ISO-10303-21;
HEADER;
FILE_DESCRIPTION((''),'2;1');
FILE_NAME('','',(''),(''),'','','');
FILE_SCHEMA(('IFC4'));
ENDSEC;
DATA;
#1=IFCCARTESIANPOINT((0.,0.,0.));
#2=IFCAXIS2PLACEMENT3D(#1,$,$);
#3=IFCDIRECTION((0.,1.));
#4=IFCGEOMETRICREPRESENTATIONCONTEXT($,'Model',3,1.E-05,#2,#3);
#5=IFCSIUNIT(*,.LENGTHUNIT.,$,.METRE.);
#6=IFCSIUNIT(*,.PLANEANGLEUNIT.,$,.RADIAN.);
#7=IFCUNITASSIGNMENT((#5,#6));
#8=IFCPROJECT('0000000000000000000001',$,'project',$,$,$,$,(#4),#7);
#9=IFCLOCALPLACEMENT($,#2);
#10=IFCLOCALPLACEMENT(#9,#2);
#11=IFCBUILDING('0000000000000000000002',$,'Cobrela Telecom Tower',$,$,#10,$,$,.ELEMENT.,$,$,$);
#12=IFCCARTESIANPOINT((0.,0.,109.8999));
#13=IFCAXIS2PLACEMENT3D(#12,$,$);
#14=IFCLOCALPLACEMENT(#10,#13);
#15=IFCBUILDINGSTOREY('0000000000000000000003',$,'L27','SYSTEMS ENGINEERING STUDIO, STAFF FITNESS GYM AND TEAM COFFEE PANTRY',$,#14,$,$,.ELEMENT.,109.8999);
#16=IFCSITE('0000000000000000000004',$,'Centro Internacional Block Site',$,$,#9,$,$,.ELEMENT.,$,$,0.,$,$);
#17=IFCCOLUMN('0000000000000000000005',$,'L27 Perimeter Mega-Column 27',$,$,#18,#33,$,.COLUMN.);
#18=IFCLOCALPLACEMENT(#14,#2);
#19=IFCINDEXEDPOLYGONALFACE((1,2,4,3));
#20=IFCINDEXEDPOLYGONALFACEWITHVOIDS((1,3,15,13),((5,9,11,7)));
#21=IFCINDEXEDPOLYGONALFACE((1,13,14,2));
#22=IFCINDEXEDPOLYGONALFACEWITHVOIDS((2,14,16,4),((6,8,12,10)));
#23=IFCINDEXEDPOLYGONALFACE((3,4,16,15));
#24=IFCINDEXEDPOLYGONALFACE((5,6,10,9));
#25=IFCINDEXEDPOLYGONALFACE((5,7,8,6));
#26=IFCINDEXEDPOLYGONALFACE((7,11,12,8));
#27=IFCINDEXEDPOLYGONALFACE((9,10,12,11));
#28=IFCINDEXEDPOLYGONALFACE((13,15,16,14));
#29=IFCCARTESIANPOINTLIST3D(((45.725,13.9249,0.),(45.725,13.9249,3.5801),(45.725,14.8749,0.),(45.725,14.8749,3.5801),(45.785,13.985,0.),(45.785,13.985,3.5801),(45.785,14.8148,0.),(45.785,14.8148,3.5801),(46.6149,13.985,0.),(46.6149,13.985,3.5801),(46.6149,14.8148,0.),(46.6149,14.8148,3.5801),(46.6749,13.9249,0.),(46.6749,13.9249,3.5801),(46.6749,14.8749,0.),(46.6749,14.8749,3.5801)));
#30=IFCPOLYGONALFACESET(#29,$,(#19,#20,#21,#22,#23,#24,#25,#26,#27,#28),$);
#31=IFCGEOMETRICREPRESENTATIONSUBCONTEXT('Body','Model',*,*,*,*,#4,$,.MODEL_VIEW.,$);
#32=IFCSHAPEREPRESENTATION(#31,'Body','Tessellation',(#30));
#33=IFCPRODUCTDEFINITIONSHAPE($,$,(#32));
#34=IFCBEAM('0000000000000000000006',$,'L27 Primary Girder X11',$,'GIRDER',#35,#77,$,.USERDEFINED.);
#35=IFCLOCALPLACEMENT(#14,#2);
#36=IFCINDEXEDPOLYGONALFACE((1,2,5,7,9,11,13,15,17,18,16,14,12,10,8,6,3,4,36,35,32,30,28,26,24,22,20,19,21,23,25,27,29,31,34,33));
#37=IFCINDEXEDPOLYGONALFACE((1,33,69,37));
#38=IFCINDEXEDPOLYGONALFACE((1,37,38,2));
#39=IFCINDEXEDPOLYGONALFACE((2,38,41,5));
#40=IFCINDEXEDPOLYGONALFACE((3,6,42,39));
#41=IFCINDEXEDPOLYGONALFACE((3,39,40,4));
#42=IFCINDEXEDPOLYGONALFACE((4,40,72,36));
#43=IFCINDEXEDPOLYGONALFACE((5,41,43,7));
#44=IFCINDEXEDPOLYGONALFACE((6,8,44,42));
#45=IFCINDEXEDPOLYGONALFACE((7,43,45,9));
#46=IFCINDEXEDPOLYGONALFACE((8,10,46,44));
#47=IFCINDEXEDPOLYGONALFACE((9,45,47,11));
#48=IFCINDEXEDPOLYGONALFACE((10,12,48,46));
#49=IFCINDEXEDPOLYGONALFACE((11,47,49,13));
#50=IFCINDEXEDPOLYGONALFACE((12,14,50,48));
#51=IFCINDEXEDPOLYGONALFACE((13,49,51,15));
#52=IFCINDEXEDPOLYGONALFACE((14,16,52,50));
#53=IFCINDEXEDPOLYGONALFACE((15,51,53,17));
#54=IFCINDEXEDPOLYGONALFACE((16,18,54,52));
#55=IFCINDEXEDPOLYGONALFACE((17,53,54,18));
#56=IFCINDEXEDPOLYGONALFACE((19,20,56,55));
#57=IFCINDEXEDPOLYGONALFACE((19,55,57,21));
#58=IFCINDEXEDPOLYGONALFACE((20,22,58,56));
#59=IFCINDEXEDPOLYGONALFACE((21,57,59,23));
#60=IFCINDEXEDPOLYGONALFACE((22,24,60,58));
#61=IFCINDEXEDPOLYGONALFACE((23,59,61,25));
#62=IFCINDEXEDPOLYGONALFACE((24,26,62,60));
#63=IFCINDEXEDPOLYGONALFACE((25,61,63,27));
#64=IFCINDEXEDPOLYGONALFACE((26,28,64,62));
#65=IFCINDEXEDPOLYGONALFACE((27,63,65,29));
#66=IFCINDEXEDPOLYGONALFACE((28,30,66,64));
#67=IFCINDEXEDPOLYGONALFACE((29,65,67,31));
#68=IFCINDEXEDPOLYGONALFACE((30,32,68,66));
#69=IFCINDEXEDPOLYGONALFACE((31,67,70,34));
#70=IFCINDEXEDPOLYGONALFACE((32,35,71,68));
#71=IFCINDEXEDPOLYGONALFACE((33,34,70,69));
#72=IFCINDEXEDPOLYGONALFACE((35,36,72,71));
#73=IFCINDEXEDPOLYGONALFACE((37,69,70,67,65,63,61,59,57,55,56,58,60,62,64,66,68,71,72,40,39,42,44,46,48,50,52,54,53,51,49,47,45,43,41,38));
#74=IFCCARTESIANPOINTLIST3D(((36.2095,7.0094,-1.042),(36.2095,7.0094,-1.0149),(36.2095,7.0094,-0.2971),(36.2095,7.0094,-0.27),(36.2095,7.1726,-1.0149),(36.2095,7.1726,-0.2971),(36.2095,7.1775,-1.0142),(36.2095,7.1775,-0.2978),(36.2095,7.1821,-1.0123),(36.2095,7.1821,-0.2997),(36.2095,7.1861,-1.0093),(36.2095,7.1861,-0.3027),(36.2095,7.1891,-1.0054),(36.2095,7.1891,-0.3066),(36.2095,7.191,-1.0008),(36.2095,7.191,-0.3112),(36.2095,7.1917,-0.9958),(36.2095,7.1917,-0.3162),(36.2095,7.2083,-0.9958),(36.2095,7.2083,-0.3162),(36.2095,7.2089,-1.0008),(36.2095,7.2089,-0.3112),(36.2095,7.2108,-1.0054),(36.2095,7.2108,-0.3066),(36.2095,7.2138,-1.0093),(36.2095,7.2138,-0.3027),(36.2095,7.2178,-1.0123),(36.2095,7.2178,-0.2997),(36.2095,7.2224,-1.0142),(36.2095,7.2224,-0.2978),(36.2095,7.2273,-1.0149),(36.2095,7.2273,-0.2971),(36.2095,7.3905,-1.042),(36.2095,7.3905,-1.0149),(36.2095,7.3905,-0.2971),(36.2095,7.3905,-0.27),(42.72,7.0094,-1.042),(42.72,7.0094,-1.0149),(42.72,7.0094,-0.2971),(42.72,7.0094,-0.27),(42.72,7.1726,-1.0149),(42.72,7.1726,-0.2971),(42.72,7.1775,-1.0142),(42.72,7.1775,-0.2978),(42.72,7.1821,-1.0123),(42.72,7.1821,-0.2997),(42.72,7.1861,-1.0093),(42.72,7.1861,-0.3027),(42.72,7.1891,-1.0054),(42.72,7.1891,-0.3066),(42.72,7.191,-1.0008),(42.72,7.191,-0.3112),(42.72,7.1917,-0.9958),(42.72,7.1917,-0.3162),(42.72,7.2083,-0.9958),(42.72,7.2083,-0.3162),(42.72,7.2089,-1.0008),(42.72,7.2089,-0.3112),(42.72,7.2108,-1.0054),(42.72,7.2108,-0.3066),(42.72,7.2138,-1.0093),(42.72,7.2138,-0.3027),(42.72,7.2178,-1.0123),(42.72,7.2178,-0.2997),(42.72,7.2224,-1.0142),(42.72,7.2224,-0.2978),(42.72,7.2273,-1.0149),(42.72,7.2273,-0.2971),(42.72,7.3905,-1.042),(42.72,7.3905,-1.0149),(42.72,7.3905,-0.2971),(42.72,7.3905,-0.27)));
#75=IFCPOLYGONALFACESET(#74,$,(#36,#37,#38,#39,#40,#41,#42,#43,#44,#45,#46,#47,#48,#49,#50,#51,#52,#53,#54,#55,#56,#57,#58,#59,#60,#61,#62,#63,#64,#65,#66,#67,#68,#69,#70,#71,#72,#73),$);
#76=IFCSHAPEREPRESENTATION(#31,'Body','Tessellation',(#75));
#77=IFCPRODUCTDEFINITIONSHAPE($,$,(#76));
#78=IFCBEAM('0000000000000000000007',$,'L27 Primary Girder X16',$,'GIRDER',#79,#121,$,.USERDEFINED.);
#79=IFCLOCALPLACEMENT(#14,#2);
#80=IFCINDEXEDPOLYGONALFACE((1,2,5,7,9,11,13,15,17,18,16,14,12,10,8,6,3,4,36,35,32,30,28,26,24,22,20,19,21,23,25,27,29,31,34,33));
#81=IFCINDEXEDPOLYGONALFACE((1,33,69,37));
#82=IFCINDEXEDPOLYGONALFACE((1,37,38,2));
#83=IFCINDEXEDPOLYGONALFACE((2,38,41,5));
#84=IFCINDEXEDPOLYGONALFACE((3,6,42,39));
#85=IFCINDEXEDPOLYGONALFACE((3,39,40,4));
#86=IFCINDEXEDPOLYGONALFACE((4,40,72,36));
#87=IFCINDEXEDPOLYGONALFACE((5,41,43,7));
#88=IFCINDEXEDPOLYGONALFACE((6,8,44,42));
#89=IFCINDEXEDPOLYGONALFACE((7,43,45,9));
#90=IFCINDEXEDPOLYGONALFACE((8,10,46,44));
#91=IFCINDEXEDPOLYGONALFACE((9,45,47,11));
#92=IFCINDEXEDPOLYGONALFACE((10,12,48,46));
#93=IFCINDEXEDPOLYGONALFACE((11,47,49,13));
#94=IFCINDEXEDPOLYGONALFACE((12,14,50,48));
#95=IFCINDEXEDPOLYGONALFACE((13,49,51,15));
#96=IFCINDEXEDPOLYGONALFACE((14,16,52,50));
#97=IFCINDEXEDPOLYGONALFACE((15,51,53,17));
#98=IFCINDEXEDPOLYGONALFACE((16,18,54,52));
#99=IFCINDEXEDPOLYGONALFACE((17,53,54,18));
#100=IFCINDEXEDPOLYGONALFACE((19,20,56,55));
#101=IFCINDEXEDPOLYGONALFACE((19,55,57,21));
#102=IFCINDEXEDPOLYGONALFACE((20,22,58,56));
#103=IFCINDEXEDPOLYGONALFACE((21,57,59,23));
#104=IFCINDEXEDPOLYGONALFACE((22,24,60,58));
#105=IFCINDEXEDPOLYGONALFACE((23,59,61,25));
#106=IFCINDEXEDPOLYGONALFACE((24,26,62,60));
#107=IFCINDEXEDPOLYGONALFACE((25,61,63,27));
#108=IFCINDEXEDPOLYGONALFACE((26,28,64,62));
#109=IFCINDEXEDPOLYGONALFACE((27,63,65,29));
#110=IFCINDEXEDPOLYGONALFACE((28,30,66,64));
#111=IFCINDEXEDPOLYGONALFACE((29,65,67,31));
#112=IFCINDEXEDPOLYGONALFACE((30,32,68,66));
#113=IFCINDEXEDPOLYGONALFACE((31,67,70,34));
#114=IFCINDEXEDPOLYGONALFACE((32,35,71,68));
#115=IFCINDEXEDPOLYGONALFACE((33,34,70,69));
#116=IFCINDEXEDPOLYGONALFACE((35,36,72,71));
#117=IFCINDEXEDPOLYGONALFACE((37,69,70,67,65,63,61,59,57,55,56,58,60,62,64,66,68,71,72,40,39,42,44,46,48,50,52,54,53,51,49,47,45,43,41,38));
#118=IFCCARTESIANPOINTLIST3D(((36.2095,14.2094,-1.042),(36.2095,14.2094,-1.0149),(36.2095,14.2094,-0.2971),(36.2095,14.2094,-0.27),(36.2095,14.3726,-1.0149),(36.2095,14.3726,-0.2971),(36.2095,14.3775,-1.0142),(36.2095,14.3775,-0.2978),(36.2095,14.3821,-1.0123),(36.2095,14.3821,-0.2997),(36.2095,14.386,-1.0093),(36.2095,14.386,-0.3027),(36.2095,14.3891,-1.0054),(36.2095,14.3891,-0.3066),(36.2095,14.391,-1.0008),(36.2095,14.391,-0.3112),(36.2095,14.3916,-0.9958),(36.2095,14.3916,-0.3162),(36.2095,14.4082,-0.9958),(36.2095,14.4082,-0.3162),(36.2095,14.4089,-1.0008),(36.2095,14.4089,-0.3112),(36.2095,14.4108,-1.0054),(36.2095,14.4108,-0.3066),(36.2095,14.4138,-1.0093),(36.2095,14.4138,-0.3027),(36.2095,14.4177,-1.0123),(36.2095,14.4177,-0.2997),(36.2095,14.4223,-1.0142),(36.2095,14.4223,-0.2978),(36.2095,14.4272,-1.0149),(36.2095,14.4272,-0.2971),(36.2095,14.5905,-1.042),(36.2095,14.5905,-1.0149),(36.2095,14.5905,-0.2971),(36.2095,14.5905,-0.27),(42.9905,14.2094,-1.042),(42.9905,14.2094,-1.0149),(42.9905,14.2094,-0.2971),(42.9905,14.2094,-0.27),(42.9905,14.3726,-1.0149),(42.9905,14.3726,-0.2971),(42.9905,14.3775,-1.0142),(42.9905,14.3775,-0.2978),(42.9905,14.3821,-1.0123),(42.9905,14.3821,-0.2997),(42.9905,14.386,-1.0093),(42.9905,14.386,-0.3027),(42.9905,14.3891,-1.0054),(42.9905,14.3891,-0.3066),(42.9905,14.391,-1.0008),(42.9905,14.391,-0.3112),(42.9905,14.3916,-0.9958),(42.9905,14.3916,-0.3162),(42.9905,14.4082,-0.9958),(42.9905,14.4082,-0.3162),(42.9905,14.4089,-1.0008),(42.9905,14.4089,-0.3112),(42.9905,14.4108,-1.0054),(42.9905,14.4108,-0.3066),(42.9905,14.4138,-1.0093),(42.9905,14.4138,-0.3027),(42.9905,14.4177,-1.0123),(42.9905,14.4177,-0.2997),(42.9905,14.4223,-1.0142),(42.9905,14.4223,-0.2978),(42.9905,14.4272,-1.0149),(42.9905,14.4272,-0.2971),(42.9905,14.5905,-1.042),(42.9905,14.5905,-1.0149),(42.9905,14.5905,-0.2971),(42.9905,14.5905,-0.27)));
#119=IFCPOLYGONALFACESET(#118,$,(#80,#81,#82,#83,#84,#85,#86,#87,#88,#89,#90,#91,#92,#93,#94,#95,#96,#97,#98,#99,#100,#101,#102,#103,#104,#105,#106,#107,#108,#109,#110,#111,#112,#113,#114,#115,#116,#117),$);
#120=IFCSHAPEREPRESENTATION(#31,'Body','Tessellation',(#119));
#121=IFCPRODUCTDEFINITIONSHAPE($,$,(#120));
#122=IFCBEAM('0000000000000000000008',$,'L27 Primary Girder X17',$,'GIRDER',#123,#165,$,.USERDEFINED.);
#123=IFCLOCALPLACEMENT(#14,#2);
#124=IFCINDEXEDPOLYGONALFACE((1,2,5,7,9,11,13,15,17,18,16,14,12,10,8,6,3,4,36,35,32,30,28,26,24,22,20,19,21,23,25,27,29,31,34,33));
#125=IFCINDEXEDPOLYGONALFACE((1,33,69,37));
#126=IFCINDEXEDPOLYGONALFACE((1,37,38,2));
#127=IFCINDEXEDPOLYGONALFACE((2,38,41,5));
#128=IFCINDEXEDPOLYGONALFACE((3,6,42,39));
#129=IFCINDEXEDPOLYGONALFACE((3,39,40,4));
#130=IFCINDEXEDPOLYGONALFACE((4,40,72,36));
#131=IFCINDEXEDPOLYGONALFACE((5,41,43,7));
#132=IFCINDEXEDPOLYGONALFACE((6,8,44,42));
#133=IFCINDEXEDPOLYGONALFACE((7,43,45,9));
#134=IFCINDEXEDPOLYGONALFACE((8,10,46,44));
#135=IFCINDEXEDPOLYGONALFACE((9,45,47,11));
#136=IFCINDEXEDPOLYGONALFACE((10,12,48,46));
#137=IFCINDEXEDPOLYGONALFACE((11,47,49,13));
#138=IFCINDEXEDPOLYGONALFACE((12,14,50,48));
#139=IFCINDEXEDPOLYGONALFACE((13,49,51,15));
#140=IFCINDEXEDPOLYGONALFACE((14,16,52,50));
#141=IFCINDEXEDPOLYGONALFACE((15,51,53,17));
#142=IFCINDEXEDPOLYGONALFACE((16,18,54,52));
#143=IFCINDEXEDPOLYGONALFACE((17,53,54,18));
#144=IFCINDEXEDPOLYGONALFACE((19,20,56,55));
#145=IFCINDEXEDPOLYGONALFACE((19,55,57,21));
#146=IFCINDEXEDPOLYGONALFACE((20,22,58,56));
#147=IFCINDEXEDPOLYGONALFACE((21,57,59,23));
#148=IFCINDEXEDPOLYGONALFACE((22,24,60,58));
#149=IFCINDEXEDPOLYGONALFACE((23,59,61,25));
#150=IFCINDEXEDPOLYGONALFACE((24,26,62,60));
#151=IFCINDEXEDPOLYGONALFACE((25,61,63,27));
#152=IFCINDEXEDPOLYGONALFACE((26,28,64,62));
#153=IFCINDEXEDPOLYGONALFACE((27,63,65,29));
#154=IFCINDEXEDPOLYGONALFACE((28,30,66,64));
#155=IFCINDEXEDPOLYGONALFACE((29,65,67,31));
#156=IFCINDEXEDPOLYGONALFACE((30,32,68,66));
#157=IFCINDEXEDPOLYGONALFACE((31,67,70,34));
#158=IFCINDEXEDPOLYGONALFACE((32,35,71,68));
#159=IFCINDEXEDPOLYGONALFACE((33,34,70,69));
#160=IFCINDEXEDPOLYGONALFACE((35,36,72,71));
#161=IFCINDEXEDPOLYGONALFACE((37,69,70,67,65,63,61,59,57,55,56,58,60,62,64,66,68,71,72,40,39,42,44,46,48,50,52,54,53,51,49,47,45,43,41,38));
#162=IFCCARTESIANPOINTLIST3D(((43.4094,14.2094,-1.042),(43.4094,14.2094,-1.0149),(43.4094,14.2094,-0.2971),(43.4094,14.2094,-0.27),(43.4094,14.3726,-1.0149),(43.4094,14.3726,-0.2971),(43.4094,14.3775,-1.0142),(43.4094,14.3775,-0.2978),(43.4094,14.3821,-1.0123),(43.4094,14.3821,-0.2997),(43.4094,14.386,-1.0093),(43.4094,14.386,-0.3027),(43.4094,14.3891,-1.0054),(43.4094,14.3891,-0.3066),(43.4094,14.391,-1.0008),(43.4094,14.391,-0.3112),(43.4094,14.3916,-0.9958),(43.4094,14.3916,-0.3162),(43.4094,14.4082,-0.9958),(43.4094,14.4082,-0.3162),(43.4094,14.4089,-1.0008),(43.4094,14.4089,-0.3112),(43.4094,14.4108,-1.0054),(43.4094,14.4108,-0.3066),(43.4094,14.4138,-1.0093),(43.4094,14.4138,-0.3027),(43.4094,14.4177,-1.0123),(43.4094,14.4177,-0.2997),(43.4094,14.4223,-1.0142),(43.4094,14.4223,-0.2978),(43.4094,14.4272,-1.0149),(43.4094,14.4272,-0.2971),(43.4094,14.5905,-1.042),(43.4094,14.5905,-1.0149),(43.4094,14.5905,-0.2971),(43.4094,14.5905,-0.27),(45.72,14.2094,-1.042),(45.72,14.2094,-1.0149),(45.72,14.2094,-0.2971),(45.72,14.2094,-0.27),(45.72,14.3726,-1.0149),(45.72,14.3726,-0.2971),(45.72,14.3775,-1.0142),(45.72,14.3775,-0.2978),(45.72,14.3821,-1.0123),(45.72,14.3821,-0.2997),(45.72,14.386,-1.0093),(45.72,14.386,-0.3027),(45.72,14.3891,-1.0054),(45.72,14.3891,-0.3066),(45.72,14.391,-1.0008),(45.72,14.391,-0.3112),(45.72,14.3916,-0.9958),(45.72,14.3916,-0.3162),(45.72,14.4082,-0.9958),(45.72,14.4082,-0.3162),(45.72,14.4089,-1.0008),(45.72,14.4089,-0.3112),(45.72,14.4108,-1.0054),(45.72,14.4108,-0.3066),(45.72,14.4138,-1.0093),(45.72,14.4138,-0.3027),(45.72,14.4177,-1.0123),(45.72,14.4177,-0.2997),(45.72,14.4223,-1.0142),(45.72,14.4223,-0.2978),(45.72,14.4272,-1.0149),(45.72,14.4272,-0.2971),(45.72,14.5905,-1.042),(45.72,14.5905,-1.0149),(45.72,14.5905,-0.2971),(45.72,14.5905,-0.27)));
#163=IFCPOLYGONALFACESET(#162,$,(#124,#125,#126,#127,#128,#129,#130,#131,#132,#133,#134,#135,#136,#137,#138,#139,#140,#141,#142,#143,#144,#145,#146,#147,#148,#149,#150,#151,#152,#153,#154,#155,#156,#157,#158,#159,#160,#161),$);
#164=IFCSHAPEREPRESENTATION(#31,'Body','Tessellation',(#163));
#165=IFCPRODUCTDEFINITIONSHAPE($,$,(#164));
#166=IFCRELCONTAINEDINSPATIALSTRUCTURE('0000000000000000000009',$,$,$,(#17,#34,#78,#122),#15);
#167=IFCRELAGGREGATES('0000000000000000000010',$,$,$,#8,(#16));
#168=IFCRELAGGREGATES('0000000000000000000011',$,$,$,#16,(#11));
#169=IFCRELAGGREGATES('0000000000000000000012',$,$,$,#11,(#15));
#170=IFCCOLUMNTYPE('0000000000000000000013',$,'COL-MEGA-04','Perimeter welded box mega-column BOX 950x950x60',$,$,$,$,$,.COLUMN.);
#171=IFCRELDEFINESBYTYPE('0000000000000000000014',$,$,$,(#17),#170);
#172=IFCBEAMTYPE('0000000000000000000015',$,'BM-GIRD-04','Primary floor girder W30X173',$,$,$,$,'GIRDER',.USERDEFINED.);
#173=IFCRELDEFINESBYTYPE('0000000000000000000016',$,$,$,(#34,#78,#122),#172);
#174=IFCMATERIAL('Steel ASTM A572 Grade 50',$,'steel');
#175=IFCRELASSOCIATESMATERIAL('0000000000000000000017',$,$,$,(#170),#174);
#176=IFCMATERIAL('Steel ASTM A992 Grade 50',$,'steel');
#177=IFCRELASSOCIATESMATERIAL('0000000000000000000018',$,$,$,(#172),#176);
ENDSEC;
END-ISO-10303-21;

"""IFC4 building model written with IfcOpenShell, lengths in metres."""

from ifc_helpers import new_model, si_unit, direction, frame, origin, origin_2d, place, context, subcontext, project, spatial, hollow_rectangle, i_section, extrude, material, material_profile, profile_set, type_object, element, save


model = new_model("IFC4")

# Units and contexts
model_context = context("Model", 3, precision=1e-05, world=origin(), true_north=direction((0.0, 1.0)))
body_context = subcontext(model_context, "Body", "Model", "MODEL_VIEW")
ifc_project = project(units=[si_unit("LENGTHUNIT", "METRE"), si_unit("PLANEANGLEUNIT", "RADIAN")], contexts=[model_context])

# Site, building, storey
site_placement = place(None, origin())
site = spatial("IfcSite", under=ifc_project, at=site_placement, Name="Centro Internacional Block Site", CompositionType="ELEMENT", RefElevation=0.0)
building_placement = place(site_placement, origin())
building = spatial("IfcBuilding", under=site, at=building_placement, Name="Cobrela Telecom Tower", CompositionType="ELEMENT")
storey_placement = place(building_placement, frame((0.0, 0.0, 109.8999)))
storey = spatial("IfcBuildingStorey", under=building, at=storey_placement, Name="L27", Description="SYSTEMS ENGINEERING STUDIO, STAFF FITNESS GYM AND TEAM COFFEE PANTRY", CompositionType="ELEMENT", Elevation=109.8999)

# Column
ifc_material_1 = material(Name="Steel ASTM A992 Grade 50", Category="steel")
ifc_material_2 = material(Name="Steel ASTM A572 Grade 50", Category="steel")
ifc_material_profile_1 = material_profile(ifc_material_2, hollow_rectangle(XDim=0.95, YDim=0.95, WallThickness=0.0601, at=origin_2d()), Name="BOX 950x950x60")
ifc_profile_set_1 = profile_set([ifc_material_profile_1], Name="Steel ASTM A572 Grade 50")
column_type_1 = type_object("IfcColumnType", Name="COL-MEGA-04", Description="Perimeter welded box mega-column BOX 950x950x60", PredefinedType="COLUMN", material=ifc_profile_set_1)
for number, where, z_axis, x_axis, name in (
    (1, (46.2, 14.3999, 0.0), (0.0, 0.0, 1.0), (1.0, 0.0, 0.0), "L27 Perimeter Mega-Column 27"),
):
    element("IfcColumn", number, at=place(storey_placement, frame(where, z_axis=z_axis, x_axis=x_axis)), inside=storey, type_object=column_type_1, Name=name, PredefinedType="COLUMN", context=body_context, shape_type="SweptSolid", body=[
        extrude(hollow_rectangle(XDim=0.95, YDim=0.95, WallThickness=0.0601, at=origin_2d()), origin(), (0.0, 0.0, 1.0), 3.5801),
    ])

# Beams
ifc_material_profile_2 = material_profile(ifc_material_1, i_section(OverallWidth=0.3811, OverallDepth=0.772, WebThickness=0.0166, FlangeThickness=0.0271, FilletRadius=0.019, at=origin_2d()), Name="W30X173")
ifc_profile_set_2 = profile_set([ifc_material_profile_2], Name="Steel ASTM A992 Grade 50")
beam_type_1 = type_object("IfcBeamType", Name="BM-GIRD-04", Description="Primary floor girder W30X173", ElementType="GIRDER", PredefinedType="USERDEFINED", material=ifc_profile_set_2)
beam_1_placement = place(storey_placement, frame((36.2095, 7.2, -0.656), z_axis=(1.0, 0.0, 0.0), x_axis=(0.0, 1.0, 0.0)))
element("IfcBeam", 2, at=beam_1_placement, inside=storey, type_object=beam_type_1, Name="L27 Primary Girder X11", ObjectType="GIRDER", PredefinedType="USERDEFINED", context=body_context, shape_type="SweptSolid", body=[
    extrude(i_section(OverallWidth=0.3811, OverallDepth=0.772, WebThickness=0.0166, FlangeThickness=0.0271, FilletRadius=0.019, at=origin_2d()), origin(), (0.0, 0.0, 1.0), 6.5105),
])
beam_2_placement = place(storey_placement, frame((36.2095, 14.3999, -0.656), z_axis=(1.0, 0.0, 0.0), x_axis=(0.0, 1.0, 0.0)))
element("IfcBeam", 3, at=beam_2_placement, inside=storey, type_object=beam_type_1, Name="L27 Primary Girder X16", ObjectType="GIRDER", PredefinedType="USERDEFINED", context=body_context, shape_type="SweptSolid", body=[
    extrude(i_section(OverallWidth=0.3811, OverallDepth=0.772, WebThickness=0.0166, FlangeThickness=0.0271, FilletRadius=0.019, at=origin_2d()), origin(), (0.0, 0.0, 1.0), 6.781),
])
beam_3_placement = place(storey_placement, frame((43.4094, 14.3999, -0.656), z_axis=(1.0, 0.0, 0.0), x_axis=(0.0, 1.0, 0.0)))
element("IfcBeam", 4, at=beam_3_placement, inside=storey, type_object=beam_type_1, Name="L27 Primary Girder X17", ObjectType="GIRDER", PredefinedType="USERDEFINED", context=body_context, shape_type="SweptSolid", body=[
    extrude(i_section(OverallWidth=0.3811, OverallDepth=0.772, WebThickness=0.0166, FlangeThickness=0.0271, FilletRadius=0.019, at=origin_2d()), origin(), (0.0, 0.0, 1.0), 2.3105),
])

save(model, "model.ifc")
